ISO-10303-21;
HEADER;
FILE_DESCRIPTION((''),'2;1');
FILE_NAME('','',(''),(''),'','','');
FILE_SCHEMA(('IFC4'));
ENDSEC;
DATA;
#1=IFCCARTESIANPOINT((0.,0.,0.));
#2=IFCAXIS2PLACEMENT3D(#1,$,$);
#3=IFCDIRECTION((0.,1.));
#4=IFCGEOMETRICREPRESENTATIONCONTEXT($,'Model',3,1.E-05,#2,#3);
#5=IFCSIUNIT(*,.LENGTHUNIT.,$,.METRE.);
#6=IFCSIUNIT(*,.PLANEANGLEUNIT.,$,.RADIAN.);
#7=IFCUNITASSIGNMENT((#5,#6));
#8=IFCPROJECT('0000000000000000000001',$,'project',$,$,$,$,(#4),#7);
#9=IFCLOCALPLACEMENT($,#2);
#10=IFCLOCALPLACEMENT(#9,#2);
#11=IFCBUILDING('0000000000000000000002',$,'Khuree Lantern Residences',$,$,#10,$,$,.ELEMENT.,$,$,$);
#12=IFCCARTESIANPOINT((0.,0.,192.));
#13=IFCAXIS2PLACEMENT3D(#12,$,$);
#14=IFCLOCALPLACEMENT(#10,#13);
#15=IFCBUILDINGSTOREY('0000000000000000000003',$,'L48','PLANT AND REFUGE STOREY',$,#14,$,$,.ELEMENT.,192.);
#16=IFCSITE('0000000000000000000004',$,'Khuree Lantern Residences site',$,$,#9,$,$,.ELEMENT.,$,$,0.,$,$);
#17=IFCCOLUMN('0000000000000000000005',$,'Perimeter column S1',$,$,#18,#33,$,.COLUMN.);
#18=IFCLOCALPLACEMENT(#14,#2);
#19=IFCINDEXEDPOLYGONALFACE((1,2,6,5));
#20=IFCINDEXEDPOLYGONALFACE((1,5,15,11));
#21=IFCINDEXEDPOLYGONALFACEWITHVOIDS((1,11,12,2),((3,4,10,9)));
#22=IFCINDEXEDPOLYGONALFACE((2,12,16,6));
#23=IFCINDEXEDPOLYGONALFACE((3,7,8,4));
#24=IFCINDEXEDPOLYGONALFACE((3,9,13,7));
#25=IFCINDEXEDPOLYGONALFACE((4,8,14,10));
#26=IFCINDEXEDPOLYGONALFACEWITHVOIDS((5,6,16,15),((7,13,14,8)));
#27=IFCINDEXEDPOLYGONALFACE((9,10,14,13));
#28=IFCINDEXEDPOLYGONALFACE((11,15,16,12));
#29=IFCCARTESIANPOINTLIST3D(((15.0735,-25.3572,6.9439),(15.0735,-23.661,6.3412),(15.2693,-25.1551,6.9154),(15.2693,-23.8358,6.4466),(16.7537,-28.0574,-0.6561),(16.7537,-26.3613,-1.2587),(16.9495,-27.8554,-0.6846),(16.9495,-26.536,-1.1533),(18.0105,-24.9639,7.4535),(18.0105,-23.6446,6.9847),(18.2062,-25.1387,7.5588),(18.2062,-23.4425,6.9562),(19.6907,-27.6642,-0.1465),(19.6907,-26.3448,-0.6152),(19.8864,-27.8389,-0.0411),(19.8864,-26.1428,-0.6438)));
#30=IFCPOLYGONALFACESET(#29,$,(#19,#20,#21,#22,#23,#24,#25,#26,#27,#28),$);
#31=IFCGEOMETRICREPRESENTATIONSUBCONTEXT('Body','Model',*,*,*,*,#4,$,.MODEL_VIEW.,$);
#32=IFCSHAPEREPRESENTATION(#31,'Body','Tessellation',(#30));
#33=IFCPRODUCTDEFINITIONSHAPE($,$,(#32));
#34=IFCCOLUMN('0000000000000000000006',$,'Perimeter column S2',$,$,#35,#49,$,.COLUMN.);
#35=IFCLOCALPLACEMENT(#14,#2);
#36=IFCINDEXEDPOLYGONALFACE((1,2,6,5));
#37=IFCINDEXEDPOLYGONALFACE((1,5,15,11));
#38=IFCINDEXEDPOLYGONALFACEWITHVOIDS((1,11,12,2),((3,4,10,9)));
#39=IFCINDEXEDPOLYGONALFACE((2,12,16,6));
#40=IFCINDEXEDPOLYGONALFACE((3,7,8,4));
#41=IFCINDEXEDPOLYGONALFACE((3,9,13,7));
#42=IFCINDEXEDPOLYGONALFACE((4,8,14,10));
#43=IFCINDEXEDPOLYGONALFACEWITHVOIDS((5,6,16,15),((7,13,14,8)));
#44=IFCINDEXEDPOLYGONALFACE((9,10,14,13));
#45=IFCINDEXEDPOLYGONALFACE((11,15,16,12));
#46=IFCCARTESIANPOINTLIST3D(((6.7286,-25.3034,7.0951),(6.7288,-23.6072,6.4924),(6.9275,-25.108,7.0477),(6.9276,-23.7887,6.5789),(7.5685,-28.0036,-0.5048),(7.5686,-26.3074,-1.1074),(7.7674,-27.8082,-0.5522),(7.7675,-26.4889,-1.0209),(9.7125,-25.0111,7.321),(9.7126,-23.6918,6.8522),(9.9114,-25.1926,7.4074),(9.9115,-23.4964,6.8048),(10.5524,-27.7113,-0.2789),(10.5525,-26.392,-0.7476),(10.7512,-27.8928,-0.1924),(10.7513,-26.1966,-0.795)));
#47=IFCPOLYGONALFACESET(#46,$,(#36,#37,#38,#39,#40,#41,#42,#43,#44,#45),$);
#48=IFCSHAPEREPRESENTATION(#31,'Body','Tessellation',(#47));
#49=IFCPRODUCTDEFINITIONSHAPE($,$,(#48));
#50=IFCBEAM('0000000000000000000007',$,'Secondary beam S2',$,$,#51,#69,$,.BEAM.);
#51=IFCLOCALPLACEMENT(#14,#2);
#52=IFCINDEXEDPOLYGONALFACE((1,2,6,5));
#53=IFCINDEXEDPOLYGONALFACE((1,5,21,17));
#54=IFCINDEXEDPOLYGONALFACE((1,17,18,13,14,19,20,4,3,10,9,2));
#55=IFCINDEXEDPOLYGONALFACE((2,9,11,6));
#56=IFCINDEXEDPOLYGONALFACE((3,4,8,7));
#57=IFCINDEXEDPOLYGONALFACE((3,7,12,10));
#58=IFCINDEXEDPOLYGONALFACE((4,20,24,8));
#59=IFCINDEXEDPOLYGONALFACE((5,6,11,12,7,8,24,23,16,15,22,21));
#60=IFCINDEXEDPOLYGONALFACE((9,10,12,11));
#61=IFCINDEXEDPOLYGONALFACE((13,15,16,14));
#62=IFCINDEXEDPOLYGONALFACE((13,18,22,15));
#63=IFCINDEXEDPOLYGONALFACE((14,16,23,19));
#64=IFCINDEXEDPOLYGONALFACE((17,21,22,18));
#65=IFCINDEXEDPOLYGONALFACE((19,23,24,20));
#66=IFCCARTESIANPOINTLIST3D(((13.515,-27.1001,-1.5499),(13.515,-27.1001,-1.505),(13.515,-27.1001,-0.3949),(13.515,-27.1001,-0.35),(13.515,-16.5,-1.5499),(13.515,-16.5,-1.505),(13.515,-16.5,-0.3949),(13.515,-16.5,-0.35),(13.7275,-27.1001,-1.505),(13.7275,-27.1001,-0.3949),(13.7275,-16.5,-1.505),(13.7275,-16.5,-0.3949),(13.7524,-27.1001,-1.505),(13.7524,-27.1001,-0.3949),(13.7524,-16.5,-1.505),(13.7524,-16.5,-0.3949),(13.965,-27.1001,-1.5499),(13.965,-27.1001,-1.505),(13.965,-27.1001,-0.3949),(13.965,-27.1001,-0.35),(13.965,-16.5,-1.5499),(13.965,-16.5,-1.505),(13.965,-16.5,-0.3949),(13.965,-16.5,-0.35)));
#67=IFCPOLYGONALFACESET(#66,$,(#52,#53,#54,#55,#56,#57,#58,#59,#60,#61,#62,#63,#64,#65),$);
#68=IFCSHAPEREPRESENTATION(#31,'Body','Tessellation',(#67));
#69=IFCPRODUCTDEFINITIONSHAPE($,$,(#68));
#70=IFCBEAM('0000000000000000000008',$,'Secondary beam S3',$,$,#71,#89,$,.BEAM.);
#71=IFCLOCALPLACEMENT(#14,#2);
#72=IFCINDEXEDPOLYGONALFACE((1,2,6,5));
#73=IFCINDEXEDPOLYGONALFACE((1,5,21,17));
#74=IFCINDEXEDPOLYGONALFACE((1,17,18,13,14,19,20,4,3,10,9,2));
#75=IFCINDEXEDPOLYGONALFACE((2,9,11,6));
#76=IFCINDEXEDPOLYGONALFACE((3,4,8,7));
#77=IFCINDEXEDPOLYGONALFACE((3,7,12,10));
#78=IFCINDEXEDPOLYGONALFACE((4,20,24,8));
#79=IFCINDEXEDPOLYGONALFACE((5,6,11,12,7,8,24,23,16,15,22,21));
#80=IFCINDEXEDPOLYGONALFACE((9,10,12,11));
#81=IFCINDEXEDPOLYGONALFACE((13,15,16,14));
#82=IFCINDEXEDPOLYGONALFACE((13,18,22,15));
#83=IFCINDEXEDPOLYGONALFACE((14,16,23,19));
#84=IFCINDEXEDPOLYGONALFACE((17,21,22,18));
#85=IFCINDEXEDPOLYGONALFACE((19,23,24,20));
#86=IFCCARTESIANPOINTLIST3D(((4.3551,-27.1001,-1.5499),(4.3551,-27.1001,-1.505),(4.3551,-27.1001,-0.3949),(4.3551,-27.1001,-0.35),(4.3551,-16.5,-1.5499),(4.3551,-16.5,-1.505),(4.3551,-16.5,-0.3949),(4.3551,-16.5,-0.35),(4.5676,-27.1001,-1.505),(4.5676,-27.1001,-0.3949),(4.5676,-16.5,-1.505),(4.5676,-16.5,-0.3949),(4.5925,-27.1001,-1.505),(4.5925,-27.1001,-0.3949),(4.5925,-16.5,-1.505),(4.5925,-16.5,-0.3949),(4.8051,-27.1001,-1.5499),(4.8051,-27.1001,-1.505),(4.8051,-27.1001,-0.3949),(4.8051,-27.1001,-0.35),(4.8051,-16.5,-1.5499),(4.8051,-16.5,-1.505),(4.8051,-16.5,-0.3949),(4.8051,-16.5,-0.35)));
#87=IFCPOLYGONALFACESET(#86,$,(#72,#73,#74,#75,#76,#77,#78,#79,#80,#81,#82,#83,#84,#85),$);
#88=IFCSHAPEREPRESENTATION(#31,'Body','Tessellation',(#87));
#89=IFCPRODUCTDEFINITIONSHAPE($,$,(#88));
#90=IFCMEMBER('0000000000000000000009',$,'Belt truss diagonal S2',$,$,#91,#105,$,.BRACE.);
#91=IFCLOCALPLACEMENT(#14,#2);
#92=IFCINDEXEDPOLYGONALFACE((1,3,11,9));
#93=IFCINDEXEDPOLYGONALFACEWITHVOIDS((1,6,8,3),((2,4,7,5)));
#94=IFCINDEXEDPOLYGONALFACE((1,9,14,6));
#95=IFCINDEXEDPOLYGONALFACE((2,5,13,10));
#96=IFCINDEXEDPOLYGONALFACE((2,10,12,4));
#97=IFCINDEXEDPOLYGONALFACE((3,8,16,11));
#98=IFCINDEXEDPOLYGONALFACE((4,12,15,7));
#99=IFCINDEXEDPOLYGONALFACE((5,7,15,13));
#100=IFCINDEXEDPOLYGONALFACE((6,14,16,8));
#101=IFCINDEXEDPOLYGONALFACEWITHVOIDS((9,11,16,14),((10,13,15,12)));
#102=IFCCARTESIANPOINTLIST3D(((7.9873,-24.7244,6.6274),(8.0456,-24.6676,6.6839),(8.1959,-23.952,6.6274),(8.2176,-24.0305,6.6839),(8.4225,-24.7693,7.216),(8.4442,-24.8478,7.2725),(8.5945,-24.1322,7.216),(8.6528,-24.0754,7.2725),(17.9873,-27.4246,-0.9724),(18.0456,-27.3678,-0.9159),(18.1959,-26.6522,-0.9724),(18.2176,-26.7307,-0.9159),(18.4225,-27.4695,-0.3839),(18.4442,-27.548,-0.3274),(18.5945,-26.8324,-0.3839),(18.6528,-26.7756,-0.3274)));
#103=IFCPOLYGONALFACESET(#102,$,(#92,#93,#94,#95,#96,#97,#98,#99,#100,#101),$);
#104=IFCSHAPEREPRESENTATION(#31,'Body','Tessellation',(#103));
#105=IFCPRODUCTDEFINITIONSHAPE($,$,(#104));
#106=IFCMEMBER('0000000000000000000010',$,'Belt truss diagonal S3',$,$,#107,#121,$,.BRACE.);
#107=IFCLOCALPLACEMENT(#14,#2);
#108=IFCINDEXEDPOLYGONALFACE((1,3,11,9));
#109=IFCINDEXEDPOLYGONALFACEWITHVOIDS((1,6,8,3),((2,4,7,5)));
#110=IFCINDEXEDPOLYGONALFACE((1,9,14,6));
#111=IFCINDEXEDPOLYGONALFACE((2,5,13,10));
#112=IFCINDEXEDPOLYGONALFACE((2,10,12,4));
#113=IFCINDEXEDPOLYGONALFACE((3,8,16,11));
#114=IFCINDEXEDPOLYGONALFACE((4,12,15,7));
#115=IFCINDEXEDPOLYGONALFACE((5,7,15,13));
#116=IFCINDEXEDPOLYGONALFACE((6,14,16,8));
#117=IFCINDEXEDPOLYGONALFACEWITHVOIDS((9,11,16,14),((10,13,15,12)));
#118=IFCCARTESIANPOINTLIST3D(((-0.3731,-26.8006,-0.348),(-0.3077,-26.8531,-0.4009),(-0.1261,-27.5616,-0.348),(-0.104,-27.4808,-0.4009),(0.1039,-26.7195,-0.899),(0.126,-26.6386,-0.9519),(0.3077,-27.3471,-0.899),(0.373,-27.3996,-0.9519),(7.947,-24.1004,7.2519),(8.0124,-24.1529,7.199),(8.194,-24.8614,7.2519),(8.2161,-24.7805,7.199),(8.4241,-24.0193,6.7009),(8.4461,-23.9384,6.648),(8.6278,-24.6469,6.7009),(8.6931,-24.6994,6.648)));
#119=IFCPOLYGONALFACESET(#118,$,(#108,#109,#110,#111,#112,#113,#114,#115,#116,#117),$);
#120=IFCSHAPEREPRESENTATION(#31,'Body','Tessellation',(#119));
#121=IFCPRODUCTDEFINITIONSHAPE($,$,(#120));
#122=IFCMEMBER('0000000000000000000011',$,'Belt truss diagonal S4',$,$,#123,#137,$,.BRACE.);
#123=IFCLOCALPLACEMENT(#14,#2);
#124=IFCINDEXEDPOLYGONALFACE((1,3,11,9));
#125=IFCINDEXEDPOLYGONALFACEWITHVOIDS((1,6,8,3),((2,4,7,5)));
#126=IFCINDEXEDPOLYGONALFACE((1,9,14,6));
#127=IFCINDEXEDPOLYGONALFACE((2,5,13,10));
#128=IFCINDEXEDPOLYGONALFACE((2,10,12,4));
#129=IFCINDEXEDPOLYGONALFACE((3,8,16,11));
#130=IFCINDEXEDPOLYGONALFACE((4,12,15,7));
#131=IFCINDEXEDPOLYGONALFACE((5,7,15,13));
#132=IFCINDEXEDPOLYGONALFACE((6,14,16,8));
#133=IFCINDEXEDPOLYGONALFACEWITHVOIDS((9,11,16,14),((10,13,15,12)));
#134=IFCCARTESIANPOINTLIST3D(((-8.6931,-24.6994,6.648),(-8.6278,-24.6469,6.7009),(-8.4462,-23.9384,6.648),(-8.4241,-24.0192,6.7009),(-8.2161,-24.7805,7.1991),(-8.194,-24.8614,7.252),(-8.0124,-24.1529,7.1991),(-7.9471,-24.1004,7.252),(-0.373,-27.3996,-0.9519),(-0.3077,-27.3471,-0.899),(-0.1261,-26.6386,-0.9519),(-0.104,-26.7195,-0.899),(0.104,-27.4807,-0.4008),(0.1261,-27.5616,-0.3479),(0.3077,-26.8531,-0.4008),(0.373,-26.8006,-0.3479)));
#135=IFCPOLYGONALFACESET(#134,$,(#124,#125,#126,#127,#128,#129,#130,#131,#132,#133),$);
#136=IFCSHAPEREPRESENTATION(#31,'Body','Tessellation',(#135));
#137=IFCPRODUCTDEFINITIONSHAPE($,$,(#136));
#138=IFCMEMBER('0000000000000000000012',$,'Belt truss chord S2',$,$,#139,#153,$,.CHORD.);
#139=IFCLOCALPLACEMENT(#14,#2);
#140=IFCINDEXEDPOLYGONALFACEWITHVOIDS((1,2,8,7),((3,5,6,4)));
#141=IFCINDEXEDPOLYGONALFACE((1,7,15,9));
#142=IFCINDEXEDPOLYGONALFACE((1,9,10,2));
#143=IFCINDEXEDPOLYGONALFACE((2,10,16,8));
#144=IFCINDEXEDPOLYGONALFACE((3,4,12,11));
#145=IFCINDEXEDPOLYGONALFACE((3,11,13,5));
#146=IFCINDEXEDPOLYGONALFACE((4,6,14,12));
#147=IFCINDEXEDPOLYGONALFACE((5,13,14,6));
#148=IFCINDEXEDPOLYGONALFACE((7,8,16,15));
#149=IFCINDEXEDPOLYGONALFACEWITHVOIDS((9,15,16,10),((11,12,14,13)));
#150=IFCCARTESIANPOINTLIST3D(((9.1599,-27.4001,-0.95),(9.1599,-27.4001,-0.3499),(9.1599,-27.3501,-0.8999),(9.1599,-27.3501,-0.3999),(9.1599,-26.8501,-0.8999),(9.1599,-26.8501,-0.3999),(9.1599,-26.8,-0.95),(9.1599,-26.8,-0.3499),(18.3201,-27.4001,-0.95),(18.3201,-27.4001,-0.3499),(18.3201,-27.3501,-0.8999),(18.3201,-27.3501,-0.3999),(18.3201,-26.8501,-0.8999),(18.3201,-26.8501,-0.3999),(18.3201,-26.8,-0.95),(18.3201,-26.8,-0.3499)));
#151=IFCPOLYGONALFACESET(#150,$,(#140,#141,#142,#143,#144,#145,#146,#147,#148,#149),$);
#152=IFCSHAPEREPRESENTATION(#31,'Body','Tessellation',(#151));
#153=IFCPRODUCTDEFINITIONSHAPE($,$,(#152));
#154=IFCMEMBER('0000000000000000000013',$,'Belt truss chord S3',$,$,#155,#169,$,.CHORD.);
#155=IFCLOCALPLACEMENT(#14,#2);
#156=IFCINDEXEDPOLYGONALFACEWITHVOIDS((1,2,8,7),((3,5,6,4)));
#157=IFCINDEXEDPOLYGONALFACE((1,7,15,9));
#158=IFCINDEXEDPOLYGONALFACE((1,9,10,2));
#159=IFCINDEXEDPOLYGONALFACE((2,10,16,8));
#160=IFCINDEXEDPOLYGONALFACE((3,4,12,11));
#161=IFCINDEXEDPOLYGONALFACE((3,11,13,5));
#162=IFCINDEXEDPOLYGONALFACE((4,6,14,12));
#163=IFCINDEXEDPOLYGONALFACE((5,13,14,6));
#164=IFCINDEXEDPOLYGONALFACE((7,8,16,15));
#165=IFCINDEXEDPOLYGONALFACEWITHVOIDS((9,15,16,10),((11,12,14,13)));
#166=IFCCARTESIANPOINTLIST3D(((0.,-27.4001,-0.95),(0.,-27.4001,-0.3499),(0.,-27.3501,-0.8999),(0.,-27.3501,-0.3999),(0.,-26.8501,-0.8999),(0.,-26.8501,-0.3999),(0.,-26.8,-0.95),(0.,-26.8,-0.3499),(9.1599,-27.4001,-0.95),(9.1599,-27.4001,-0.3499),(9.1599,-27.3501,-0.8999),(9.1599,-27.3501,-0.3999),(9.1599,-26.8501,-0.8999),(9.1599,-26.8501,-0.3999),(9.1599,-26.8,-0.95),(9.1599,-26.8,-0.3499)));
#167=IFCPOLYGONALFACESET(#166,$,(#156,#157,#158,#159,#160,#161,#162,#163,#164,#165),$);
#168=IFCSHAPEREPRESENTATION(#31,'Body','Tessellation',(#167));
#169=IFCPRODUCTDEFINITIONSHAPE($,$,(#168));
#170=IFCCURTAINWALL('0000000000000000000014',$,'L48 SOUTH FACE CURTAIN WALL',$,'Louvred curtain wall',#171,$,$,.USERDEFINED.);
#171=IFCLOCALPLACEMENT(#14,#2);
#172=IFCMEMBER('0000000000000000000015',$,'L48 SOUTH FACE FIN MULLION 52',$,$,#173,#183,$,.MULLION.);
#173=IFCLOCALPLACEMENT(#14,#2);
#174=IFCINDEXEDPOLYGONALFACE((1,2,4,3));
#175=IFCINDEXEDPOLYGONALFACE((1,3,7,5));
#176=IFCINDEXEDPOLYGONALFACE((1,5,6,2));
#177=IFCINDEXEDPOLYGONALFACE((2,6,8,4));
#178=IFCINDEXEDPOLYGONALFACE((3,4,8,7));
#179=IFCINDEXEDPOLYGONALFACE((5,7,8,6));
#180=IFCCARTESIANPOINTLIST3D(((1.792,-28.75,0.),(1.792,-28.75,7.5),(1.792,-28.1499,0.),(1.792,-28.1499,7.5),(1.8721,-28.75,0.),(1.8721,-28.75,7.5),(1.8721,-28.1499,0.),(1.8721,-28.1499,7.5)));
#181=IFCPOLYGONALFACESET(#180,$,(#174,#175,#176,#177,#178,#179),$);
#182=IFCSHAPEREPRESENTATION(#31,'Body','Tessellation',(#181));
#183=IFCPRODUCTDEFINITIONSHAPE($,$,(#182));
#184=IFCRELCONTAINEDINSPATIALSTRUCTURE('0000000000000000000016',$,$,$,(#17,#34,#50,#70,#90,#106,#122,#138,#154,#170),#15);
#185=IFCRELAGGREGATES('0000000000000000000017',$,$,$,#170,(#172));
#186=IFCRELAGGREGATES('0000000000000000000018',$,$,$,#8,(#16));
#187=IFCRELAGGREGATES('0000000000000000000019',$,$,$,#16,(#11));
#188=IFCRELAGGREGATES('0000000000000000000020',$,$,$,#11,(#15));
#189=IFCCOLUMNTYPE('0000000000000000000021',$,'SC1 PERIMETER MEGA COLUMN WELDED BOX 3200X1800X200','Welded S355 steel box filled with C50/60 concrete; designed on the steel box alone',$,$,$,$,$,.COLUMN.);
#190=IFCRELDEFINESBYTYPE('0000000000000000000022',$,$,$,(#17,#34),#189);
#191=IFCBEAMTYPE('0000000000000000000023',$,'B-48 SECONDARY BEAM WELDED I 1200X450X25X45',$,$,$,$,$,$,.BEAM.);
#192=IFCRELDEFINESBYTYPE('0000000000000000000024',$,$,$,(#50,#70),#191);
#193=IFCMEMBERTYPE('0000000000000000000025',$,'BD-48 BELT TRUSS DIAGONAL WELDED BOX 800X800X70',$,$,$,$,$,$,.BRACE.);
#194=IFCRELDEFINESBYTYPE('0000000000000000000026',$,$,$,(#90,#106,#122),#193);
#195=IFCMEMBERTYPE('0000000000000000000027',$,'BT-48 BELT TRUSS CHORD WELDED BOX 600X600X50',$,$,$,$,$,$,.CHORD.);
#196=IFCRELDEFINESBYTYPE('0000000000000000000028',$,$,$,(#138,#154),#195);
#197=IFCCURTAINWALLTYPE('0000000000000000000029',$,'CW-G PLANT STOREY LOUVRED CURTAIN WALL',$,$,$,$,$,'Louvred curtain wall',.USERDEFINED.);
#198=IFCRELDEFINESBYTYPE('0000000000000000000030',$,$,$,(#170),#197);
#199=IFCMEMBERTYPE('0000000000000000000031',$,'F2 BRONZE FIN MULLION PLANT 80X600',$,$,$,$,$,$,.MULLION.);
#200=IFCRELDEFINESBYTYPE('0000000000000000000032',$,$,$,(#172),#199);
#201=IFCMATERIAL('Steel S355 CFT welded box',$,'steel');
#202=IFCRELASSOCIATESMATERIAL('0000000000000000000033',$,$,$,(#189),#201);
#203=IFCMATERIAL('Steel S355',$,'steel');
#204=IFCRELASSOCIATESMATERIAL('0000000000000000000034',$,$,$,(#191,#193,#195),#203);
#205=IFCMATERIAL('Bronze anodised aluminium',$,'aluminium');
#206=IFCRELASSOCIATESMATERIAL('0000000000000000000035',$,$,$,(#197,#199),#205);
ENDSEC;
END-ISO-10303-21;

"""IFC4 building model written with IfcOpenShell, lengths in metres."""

from ifc_helpers import new_model, si_unit, direction, frame, origin, origin_2d, place, context, subcontext, project, spatial, rectangle, hollow_rectangle, i_section, extrude, material, material_profile, profile_set, type_object, element, aggregate, save


model = new_model("IFC4")

# Units and contexts
model_context = context("Model", 3, precision=1e-05, world=origin(), true_north=direction((0.0, 1.0)))
body_context = subcontext(model_context, "Body", "Model", "MODEL_VIEW")
ifc_project = project(units=[si_unit("LENGTHUNIT", "METRE"), si_unit("PLANEANGLEUNIT", "RADIAN")], contexts=[model_context])

# Site, building, storey
site_placement = place(None, origin())
site = spatial("IfcSite", under=ifc_project, at=site_placement, Name="Khuree Lantern Residences site", CompositionType="ELEMENT", RefElevation=0.0)
building_placement = place(site_placement, origin())
building = spatial("IfcBuilding", under=site, at=building_placement, Name="Khuree Lantern Residences", CompositionType="ELEMENT")
storey_placement = place(building_placement, frame((0.0, 0.0, 192.0)))
storey = spatial("IfcBuildingStorey", under=building, at=storey_placement, Name="L48", Description="PLANT AND REFUGE STOREY", CompositionType="ELEMENT", Elevation=192.0)

# Columns
ifc_material_1 = material(Name="Steel S355 CFT welded box", Category="steel")
ifc_material_profile_1 = material_profile(ifc_material_1, hollow_rectangle(XDim=3.2, YDim=1.8, WallThickness=0.2, at=origin_2d()), Name="WELDED BOX 3200X1800X200")
ifc_profile_set_1 = profile_set([ifc_material_profile_1], Name="Steel S355 CFT welded box")
column_type = type_object("IfcColumnType", Name="SC1 PERIMETER MEGA COLUMN WELDED BOX 3200X1800X200", Description="Welded S355 steel box filled with C50/60 concrete; designed on the steel box alone", PredefinedType="COLUMN", material=ifc_profile_set_1)
column_1_placement = place(storey_placement, frame((18.3201, -27.1001, -0.6499), z_axis=(-0.203944, 0.327756, 0.922487), x_axis=(0.978983, 0.068286, 0.192172)))
element("IfcColumn", 1, at=column_1_placement, inside=storey, type_object=column_type, Name="Perimeter column S1", PredefinedType="COLUMN", context=body_context, shape_type="SweptSolid", body=[
    extrude(hollow_rectangle(XDim=3.2, YDim=1.8, WallThickness=0.2, at=origin_2d()), origin(), (0.0, 0.0, 1.0), 8.2385),
])
column_2_placement = place(storey_placement, frame((9.1599, -27.1001, -0.6499), z_axis=(-0.103571, 0.332992, 0.937224), x_axis=(0.994622, 0.034607, 0.097618)))
element("IfcColumn", 2, at=column_2_placement, inside=storey, type_object=column_type, Name="Perimeter column S2", PredefinedType="COLUMN", context=body_context, shape_type="SweptSolid", body=[
    extrude(hollow_rectangle(XDim=3.2, YDim=1.8, WallThickness=0.2, at=origin_2d()), origin(), (0.0, 0.0, 1.0), 8.1089),
])

# Beams
ifc_material_2 = material(Name="Steel S355", Category="steel")
ifc_material_profile_2 = material_profile(ifc_material_2, i_section(OverallWidth=0.45, OverallDepth=1.2, WebThickness=0.0249, FlangeThickness=0.0449, at=origin_2d()), Name="WELDED I 1200X450X25X45")
ifc_profile_set_2 = profile_set([ifc_material_profile_2], Name="Steel S355")
beam_type_1 = type_object("IfcBeamType", Name="B-48 SECONDARY BEAM WELDED I 1200X450X25X45", PredefinedType="BEAM", material=ifc_profile_set_2)
for number, where, z_axis, x_axis, name in (
    (3, (13.74, -27.1001, -0.95), (0.0, 1.0, 0.0), (-1.0, 0.0, 0.0), "Secondary beam S2"),
    (4, (4.5801, -27.1001, -0.95), (0.0, 1.0, 0.0), (-1.0, 0.0, 0.0), "Secondary beam S3"),
):
    element("IfcBeam", number, at=place(storey_placement, frame(where, z_axis=z_axis, x_axis=x_axis)), inside=storey, type_object=beam_type_1, Name=name, PredefinedType="BEAM", context=body_context, shape_type="SweptSolid", body=[
        extrude(i_section(OverallWidth=0.45, OverallDepth=1.2, WebThickness=0.0249, FlangeThickness=0.0449, at=origin_2d()), origin(), (0.0, 0.0, 1.0), 10.6001),
    ])

# Members
ifc_material_profile_3 = material_profile(ifc_material_2, hollow_rectangle(XDim=0.8, YDim=0.8, WallThickness=0.0701, at=origin_2d()), Name="WELDED BOX 800X800X70")
ifc_profile_set_3 = profile_set([ifc_material_profile_3], Name="Steel S355")
member_type_1 = type_object("IfcMemberType", Name="BD-48 BELT TRUSS DIAGONAL WELDED BOX 800X800X70", PredefinedType="BRACE", material=ifc_profile_set_3)
member_1_placement = place(storey_placement, frame((18.3201, -27.1001, -0.6499), z_axis=(-0.778384, 0.210179, 0.59156), x_axis=(-0.260683, -0.965424, 0.0)))
element("IfcMember", 5, at=member_1_placement, inside=storey, type_object=member_type_1, Name="Belt truss diagonal S2", PredefinedType="BRACE", context=body_context, shape_type="SweptSolid", body=[
    extrude(hollow_rectangle(XDim=0.8, YDim=0.8, WallThickness=0.0701, at=origin_2d()), origin(), (0.0, 0.0, 1.0), 12.8472),
])
for number, where, z_axis, x_axis, name in (
    (6, (8.3201, -24.3999, 6.95), (-0.718015, -0.233025, -0.655861), (0.30869, -0.951163, 0.0), "Belt truss diagonal S3"),
    (7, (0.0, -27.1001, -0.6499), (-0.718015, 0.233025, 0.655861), (-0.30869, -0.951163, 0.0), "Belt truss diagonal S4"),
):
    element("IfcMember", number, at=place(storey_placement, frame(where, z_axis=z_axis, x_axis=x_axis)), inside=storey, type_object=member_type_1, Name=name, PredefinedType="BRACE", context=body_context, shape_type="SweptSolid", body=[
        extrude(hollow_rectangle(XDim=0.8, YDim=0.8, WallThickness=0.0701, at=origin_2d()), origin(), (0.0, 0.0, 1.0), 11.5876),
    ])
ifc_material_profile_4 = material_profile(ifc_material_2, hollow_rectangle(XDim=0.6001, YDim=0.6001, WallThickness=0.05, at=origin_2d()), Name="WELDED BOX 600X600X50")
ifc_profile_set_4 = profile_set([ifc_material_profile_4], Name="Steel S355")
member_type_2 = type_object("IfcMemberType", Name="BT-48 BELT TRUSS CHORD WELDED BOX 600X600X50", PredefinedType="CHORD", material=ifc_profile_set_4)
member_2_placement = place(storey_placement, frame((18.3201, -27.1001, -0.6499), z_axis=(-1.0, 0.0, 0.0), x_axis=(0.0, -1.0, 0.0)))
element("IfcMember", 8, at=member_2_placement, inside=storey, type_object=member_type_2, Name="Belt truss chord S2", PredefinedType="CHORD", context=body_context, shape_type="SweptSolid", body=[
    extrude(hollow_rectangle(XDim=0.6001, YDim=0.6001, WallThickness=0.05, at=origin_2d()), origin(), (0.0, 0.0, 1.0), 9.1602),
])
member_3_placement = place(storey_placement, frame((9.1599, -27.1001, -0.6499), z_axis=(-1.0, 0.0, 0.0), x_axis=(0.0, -1.0, 0.0)))
element("IfcMember", 9, at=member_3_placement, inside=storey, type_object=member_type_2, Name="Belt truss chord S3", PredefinedType="CHORD", context=body_context, shape_type="SweptSolid", body=[
    extrude(hollow_rectangle(XDim=0.6001, YDim=0.6001, WallThickness=0.05, at=origin_2d()), origin(), (0.0, 0.0, 1.0), 9.1599),
])

# Curtain wall, member
ifc_material_3 = material(Name="Bronze anodised aluminium", Category="aluminium")
curtain_wall_type = type_object("IfcCurtainWallType", Name="CW-G PLANT STOREY LOUVRED CURTAIN WALL", ElementType="Louvred curtain wall", PredefinedType="USERDEFINED", material=ifc_material_3)
curtain_wall_placement = place(storey_placement, origin())
curtain_wall = element("IfcCurtainWall", 10, at=curtain_wall_placement, inside=storey, type_object=curtain_wall_type, Name="L48 SOUTH FACE CURTAIN WALL", ObjectType="Louvred curtain wall", PredefinedType="USERDEFINED")
ifc_material_profile_5 = material_profile(ifc_material_3, rectangle(XDim=0.0801, YDim=0.6001, at=origin_2d()), Name="F2 80X600")
ifc_profile_set_5 = profile_set([ifc_material_profile_5], Name="Bronze anodised aluminium")
member_type_3 = type_object("IfcMemberType", Name="F2 BRONZE FIN MULLION PLANT 80X600", PredefinedType="MULLION", material=ifc_profile_set_5)
member_4_placement = place(storey_placement, frame((1.832, -28.45, 0.0), z_axis=(0.0, 0.0, 1.0), x_axis=(1.0, 0.0, 0.0)))
member_4 = element("IfcMember", 11, at=member_4_placement, type_object=member_type_3, Name="L48 SOUTH FACE FIN MULLION 52", PredefinedType="MULLION", context=body_context, shape_type="SweptSolid", body=[
    extrude(rectangle(XDim=0.0801, YDim=0.6001, at=origin_2d()), origin(), (0.0, 0.0, 1.0), 7.5),
])

aggregate(curtain_wall, [member_4])

save(model, "model.ifc")
